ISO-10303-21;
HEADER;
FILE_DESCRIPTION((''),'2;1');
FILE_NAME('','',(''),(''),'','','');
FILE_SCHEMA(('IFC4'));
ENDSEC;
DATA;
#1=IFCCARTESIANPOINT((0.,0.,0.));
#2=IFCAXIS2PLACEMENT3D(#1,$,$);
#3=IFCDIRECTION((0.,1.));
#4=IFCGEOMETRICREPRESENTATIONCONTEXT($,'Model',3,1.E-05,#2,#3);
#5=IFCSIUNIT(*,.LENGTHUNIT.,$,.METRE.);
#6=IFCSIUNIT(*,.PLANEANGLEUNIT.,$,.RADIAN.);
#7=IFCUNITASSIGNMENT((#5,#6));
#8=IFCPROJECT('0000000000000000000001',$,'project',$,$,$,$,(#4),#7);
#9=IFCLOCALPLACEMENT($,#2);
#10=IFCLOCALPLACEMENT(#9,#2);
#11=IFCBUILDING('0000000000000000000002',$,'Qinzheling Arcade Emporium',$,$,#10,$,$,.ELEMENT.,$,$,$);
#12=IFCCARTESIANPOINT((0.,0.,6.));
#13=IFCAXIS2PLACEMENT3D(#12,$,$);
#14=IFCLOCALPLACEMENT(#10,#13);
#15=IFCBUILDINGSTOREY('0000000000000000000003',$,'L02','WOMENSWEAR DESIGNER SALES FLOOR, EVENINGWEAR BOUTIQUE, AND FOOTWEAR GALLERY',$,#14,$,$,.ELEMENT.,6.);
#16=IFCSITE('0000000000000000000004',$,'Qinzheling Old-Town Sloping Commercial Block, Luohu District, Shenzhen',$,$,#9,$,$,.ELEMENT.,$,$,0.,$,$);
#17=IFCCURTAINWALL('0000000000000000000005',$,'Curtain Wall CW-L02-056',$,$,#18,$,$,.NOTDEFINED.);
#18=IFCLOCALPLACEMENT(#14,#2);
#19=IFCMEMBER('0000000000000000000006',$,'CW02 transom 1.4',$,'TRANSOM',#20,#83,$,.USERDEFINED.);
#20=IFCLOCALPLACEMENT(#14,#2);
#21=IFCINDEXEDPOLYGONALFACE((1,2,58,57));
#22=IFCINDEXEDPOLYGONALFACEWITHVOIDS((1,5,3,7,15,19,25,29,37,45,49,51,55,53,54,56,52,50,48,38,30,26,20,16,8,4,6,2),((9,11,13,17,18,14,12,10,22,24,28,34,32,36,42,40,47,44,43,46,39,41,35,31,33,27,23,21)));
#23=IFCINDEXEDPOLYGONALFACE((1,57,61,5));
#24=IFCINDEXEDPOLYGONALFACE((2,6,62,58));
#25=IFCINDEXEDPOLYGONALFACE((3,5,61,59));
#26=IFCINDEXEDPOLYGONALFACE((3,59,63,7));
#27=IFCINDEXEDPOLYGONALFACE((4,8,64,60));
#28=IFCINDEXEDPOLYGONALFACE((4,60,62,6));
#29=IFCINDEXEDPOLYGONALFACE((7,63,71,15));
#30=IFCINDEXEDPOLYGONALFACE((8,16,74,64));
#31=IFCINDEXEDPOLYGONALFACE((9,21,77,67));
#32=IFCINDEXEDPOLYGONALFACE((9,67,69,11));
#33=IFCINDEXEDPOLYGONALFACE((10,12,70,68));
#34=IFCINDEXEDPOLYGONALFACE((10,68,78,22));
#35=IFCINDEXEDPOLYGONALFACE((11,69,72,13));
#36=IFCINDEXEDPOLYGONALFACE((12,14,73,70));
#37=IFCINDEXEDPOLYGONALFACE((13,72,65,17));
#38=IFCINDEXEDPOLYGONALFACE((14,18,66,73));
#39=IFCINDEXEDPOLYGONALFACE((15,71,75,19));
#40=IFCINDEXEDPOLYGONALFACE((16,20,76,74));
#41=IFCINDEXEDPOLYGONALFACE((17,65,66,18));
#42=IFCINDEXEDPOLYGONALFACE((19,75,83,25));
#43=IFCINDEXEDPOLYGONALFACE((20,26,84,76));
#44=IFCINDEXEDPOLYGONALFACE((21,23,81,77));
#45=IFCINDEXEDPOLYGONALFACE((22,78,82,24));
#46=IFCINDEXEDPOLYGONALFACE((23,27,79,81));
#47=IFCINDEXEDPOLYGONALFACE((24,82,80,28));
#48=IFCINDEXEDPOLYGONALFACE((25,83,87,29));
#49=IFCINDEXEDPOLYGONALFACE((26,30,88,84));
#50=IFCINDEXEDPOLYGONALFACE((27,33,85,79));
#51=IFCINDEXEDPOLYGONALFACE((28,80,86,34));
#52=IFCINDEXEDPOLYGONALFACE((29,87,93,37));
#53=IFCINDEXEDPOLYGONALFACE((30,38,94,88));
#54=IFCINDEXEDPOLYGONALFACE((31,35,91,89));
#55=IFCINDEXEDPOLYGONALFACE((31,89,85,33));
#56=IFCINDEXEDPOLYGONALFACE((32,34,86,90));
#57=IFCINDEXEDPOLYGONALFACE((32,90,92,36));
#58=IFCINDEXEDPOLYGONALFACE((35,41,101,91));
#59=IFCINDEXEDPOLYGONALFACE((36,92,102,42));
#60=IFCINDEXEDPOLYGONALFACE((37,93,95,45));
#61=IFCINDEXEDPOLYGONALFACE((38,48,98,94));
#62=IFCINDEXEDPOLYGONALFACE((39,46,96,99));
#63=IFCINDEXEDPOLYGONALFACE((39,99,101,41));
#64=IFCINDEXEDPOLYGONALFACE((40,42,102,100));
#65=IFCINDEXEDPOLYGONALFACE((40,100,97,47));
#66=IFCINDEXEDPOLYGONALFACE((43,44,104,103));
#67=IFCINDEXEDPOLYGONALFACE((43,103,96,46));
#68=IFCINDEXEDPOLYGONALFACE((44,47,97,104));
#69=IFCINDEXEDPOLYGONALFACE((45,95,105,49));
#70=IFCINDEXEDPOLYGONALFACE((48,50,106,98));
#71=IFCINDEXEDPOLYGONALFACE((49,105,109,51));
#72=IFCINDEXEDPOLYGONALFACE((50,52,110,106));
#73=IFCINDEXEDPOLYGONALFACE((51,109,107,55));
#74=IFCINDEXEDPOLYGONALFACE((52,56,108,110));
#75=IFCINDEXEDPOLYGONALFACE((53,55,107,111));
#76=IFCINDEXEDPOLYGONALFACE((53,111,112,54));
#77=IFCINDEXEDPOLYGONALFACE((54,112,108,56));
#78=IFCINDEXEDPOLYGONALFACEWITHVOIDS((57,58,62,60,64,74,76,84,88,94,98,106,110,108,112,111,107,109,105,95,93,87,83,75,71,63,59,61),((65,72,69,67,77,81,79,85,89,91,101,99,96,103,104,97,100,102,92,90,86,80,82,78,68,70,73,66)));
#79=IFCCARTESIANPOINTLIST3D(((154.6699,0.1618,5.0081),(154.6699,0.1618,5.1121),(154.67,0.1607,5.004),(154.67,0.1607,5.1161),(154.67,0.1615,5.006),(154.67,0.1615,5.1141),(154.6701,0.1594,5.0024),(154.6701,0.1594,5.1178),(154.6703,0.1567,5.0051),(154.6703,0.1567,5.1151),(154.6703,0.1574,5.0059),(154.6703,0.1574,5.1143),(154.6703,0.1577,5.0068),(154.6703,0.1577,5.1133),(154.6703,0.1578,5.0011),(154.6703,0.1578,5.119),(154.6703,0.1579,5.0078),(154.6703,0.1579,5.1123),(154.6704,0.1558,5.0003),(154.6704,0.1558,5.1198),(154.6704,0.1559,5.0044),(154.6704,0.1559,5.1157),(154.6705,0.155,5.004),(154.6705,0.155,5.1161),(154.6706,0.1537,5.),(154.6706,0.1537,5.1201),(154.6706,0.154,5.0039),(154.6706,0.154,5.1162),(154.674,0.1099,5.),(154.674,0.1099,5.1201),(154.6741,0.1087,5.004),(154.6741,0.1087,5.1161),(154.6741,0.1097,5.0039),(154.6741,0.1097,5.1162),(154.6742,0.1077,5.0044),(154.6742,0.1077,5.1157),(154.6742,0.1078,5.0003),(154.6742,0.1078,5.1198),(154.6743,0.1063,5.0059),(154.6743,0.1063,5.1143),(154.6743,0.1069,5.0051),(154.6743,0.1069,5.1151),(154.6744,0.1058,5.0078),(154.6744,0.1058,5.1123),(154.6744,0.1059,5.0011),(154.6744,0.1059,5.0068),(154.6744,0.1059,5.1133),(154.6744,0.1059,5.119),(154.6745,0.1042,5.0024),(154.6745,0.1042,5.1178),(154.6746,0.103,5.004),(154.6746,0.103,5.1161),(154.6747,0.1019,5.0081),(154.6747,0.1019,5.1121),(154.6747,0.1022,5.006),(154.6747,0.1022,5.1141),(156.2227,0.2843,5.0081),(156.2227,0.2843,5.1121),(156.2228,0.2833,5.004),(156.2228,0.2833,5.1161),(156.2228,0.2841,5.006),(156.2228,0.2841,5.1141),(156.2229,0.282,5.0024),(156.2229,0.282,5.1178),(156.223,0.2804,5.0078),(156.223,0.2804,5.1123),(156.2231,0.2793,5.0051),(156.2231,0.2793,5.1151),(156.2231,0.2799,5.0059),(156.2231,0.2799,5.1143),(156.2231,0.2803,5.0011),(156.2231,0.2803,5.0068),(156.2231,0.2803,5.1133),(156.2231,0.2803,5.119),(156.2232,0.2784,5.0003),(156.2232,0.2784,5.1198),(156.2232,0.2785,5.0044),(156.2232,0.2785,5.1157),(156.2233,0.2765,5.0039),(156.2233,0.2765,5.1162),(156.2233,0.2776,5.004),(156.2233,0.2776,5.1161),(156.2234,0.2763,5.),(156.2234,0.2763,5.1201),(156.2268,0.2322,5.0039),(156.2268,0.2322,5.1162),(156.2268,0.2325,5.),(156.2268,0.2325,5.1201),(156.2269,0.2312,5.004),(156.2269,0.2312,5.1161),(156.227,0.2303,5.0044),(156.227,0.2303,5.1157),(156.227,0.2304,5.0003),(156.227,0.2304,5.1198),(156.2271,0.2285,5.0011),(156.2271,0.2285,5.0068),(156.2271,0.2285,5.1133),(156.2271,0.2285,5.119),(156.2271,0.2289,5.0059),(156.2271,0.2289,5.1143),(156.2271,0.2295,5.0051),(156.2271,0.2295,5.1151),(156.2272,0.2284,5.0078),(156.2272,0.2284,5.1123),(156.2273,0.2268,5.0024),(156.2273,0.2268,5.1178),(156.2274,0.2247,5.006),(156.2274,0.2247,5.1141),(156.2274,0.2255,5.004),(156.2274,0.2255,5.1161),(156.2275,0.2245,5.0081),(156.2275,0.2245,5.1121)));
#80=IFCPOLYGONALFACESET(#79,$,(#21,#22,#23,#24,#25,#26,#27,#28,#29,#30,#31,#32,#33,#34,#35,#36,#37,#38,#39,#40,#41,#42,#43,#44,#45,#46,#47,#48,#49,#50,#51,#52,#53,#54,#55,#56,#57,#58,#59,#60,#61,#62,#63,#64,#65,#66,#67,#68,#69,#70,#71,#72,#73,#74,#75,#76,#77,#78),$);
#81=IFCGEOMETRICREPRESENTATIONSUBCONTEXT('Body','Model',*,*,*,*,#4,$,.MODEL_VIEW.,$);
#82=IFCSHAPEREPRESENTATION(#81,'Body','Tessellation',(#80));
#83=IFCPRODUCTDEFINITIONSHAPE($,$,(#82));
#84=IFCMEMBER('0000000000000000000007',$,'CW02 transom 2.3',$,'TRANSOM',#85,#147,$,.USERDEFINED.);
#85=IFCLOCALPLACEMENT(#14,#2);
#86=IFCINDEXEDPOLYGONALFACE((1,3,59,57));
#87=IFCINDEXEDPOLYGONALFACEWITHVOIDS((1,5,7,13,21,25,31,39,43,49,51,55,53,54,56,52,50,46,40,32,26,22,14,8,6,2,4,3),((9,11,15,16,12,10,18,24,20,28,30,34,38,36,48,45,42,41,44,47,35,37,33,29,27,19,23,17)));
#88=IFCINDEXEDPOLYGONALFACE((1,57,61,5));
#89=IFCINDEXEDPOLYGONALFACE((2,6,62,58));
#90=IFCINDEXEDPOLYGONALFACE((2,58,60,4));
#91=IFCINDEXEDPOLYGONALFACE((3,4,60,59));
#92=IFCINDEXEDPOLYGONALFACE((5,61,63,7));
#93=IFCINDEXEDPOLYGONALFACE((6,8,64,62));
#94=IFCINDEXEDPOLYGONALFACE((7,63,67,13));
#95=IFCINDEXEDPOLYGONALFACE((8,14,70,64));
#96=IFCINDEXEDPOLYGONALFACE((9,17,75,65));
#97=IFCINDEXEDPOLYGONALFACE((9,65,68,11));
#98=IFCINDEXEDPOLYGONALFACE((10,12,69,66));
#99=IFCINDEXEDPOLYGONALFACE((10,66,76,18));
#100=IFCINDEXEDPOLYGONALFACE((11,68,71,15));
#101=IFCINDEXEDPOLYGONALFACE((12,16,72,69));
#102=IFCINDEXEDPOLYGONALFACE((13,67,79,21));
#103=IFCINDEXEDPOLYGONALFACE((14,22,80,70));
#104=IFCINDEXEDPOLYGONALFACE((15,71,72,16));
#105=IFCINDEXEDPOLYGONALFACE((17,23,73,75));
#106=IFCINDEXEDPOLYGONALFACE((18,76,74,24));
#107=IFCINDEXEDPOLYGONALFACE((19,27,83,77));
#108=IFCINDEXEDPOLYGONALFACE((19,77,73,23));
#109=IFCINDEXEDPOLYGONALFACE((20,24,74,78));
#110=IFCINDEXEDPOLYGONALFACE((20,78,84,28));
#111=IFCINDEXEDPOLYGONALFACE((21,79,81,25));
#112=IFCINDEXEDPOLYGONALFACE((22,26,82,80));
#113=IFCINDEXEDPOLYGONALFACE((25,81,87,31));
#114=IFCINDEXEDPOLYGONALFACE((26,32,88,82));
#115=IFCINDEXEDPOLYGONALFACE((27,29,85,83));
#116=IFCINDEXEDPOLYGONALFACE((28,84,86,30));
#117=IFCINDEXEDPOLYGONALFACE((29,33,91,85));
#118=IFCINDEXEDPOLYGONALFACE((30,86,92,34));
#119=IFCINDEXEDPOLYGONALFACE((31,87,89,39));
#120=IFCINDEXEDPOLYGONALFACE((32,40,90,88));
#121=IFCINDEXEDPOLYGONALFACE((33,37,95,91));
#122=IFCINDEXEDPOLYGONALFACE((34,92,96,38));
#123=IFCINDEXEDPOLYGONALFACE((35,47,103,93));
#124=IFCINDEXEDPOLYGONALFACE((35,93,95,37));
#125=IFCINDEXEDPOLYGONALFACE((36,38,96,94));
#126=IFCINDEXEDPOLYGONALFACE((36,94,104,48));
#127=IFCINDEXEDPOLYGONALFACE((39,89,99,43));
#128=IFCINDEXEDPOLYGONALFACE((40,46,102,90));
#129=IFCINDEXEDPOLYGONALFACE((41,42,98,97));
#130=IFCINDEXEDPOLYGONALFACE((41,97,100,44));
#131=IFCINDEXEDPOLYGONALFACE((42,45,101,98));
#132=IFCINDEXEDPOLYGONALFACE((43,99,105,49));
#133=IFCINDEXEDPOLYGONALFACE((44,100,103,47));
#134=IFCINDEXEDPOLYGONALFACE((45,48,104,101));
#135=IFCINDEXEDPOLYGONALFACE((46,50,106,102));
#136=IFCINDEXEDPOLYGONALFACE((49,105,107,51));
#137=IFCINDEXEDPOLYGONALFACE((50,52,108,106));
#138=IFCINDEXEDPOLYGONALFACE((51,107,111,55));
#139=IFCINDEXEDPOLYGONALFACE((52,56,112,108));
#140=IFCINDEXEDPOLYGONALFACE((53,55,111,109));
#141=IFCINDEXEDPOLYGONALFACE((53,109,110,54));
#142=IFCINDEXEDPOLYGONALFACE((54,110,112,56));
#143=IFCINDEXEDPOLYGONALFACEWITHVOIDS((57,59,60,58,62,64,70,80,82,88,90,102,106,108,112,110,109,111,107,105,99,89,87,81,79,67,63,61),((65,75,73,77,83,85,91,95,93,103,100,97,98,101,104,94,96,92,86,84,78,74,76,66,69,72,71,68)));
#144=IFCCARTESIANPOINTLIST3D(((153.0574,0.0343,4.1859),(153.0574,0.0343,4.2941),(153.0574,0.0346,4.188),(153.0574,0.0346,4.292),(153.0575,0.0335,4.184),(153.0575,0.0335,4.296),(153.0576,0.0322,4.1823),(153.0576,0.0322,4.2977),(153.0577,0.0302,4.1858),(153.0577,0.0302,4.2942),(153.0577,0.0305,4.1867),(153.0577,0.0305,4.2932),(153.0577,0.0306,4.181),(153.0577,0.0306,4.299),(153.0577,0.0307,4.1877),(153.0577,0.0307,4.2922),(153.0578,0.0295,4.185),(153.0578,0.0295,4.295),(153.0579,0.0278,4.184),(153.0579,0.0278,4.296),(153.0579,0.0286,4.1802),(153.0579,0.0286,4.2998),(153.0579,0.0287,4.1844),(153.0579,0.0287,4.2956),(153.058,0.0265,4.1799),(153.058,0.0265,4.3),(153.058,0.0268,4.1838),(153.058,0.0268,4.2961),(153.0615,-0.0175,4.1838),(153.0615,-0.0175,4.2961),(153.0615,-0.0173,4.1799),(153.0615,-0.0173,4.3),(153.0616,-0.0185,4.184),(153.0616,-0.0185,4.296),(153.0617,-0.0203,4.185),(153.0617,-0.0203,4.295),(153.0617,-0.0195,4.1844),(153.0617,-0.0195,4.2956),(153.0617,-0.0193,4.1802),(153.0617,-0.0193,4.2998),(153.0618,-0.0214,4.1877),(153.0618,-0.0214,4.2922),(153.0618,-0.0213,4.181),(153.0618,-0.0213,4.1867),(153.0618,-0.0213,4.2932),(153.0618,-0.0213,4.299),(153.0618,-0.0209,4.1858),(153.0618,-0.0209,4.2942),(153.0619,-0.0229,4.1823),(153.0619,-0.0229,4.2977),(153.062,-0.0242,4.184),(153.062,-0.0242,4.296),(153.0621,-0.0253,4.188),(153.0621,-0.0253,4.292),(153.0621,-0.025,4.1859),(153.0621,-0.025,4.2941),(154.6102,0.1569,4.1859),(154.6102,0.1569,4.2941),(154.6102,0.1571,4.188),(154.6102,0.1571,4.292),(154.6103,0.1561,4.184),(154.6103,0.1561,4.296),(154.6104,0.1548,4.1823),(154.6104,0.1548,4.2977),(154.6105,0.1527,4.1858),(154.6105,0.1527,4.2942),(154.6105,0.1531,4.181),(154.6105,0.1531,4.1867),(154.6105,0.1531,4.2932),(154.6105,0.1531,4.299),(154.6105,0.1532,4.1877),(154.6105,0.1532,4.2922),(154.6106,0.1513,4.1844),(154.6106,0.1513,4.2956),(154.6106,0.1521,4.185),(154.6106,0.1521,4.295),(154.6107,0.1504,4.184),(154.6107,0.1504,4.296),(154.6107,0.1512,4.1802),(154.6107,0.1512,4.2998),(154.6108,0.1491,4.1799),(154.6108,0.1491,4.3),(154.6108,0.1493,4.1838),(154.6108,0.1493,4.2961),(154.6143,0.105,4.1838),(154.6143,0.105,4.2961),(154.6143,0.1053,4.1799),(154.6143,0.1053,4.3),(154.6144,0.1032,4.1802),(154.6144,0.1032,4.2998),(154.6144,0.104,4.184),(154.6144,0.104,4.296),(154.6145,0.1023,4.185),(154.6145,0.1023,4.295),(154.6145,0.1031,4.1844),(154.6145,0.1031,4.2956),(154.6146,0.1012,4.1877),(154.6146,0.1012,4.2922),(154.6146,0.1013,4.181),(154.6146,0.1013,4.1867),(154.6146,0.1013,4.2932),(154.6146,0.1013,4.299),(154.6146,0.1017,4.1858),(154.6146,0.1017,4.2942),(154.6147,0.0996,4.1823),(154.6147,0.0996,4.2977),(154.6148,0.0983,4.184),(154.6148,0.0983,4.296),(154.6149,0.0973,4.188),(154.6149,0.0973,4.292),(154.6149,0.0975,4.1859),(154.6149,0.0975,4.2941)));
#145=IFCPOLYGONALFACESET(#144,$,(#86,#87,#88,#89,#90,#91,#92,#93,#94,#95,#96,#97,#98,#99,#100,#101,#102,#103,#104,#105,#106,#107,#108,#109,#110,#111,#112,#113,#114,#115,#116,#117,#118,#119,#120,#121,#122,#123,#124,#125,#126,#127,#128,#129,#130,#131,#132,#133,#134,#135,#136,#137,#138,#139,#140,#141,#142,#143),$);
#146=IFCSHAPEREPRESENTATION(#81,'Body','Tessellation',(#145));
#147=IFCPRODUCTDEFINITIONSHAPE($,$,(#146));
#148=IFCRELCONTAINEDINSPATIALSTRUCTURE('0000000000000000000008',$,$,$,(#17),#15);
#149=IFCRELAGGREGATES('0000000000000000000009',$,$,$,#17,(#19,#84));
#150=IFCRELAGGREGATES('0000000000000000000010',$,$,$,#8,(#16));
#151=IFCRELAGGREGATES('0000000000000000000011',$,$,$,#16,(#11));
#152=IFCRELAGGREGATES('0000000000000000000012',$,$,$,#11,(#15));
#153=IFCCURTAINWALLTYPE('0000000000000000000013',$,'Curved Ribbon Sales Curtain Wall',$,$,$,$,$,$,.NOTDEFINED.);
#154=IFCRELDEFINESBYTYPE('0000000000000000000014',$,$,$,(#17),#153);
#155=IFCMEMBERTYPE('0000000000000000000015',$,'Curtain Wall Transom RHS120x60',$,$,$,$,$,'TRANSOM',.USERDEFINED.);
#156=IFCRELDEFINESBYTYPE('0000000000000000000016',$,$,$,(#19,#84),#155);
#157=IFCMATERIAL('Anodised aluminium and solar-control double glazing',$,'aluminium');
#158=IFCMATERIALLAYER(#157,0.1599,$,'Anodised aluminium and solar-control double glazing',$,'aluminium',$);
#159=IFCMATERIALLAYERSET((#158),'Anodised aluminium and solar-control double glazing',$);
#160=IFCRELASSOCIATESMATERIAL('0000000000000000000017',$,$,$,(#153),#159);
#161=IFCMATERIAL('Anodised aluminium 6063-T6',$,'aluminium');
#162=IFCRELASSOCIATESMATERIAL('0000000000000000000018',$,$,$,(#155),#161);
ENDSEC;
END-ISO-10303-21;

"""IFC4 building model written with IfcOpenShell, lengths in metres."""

from ifc_helpers import new_model, si_unit, direction, frame, origin, origin_2d, place, context, subcontext, project, spatial, hollow_rectangle, extrude, material, layer, layer_set, material_profile, profile_set, type_object, element, aggregate, save


model = new_model("IFC4")

# Units and contexts
model_context = context("Model", 3, precision=1e-05, world=origin(), true_north=direction((0.0, 1.0)))
body_context = subcontext(model_context, "Body", "Model", "MODEL_VIEW")
ifc_project = project(units=[si_unit("LENGTHUNIT", "METRE"), si_unit("PLANEANGLEUNIT", "RADIAN")], contexts=[model_context])

# Site, building, storey
site_placement = place(None, origin())
site = spatial("IfcSite", under=ifc_project, at=site_placement, Name="Qinzheling Old-Town Sloping Commercial Block, Luohu District, Shenzhen", CompositionType="ELEMENT", RefElevation=0.0)
building_placement = place(site_placement, origin())
building = spatial("IfcBuilding", under=site, at=building_placement, Name="Qinzheling Arcade Emporium", CompositionType="ELEMENT")
storey_placement = place(building_placement, frame((0.0, 0.0, 6.0)))
storey = spatial("IfcBuildingStorey", under=building, at=storey_placement, Name="L02", Description="WOMENSWEAR DESIGNER SALES FLOOR, EVENINGWEAR BOUTIQUE, AND FOOTWEAR GALLERY", CompositionType="ELEMENT", Elevation=6.0)

# Curtain wall
ifc_material_1 = material(Name="Anodised aluminium and solar-control double glazing", Category="aluminium")
ifc_layer_1 = layer(ifc_material_1, 0.1599, Name="Anodised aluminium and solar-control double glazing", Category="aluminium")
ifc_layer_set_1 = layer_set([ifc_layer_1], Name="Anodised aluminium and solar-control double glazing")
curtain_wall_type = type_object("IfcCurtainWallType", Name="Curved Ribbon Sales Curtain Wall", PredefinedType="NOTDEFINED", material=ifc_layer_set_1)
ifc_material_2 = material(Name="Anodised aluminium 6063-T6", Category="aluminium")
curtain_wall_1_placement = place(storey_placement, origin())
curtain_wall_1 = element("IfcCurtainWall", 1, at=curtain_wall_1_placement, inside=storey, type_object=curtain_wall_type, Name="Curtain Wall CW-L02-056", PredefinedType="NOTDEFINED")

# Members
ifc_material_profile_1 = material_profile(ifc_material_2, hollow_rectangle(XDim=0.0601, YDim=0.1201, WallThickness=0.0039, InnerFilletRadius=0.0039, OuterFilletRadius=0.0081, at=origin_2d()), Name="RHS 120x60x4", Category="aluminium")
ifc_profile_set_1 = profile_set([ifc_material_profile_1], Name="Anodised aluminium 6063-T6")
member_type_1 = type_object("IfcMemberType", Name="Curtain Wall Transom RHS120x60", ElementType="TRANSOM", PredefinedType="USERDEFINED", material=ifc_profile_set_1)
member_1_placement = place(storey_placement, frame((156.2251, 0.2544, 5.0601), z_axis=(-0.996899, -0.078686, 0.0), x_axis=(0.078686, -0.996899, 0.0)))
member_1 = element("IfcMember", 2, at=member_1_placement, type_object=member_type_1, Name="CW02 transom 1.4", ObjectType="TRANSOM", PredefinedType="USERDEFINED", context=body_context, shape_type="SweptSolid", body=[
    extrude(hollow_rectangle(XDim=0.0601, YDim=0.1201, WallThickness=0.0039, InnerFilletRadius=0.0039, OuterFilletRadius=0.0081, at=origin_2d()), origin(), (0.0, 0.0, 1.0), 1.5576),
])
member_2_placement = place(storey_placement, frame((154.6125, 0.1272, 4.24), z_axis=(-0.996899, -0.078686, 0.0), x_axis=(0.078686, -0.996899, 0.0)))
member_2 = element("IfcMember", 3, at=member_2_placement, type_object=member_type_1, Name="CW02 transom 2.3", ObjectType="TRANSOM", PredefinedType="USERDEFINED", context=body_context, shape_type="SweptSolid", body=[
    extrude(hollow_rectangle(XDim=0.0601, YDim=0.1201, WallThickness=0.0039, InnerFilletRadius=0.0039, OuterFilletRadius=0.0081, at=origin_2d()), origin(), (0.0, 0.0, 1.0), 1.5576),
])

aggregate(curtain_wall_1, [member_1, member_2])

save(model, "model.ifc")
